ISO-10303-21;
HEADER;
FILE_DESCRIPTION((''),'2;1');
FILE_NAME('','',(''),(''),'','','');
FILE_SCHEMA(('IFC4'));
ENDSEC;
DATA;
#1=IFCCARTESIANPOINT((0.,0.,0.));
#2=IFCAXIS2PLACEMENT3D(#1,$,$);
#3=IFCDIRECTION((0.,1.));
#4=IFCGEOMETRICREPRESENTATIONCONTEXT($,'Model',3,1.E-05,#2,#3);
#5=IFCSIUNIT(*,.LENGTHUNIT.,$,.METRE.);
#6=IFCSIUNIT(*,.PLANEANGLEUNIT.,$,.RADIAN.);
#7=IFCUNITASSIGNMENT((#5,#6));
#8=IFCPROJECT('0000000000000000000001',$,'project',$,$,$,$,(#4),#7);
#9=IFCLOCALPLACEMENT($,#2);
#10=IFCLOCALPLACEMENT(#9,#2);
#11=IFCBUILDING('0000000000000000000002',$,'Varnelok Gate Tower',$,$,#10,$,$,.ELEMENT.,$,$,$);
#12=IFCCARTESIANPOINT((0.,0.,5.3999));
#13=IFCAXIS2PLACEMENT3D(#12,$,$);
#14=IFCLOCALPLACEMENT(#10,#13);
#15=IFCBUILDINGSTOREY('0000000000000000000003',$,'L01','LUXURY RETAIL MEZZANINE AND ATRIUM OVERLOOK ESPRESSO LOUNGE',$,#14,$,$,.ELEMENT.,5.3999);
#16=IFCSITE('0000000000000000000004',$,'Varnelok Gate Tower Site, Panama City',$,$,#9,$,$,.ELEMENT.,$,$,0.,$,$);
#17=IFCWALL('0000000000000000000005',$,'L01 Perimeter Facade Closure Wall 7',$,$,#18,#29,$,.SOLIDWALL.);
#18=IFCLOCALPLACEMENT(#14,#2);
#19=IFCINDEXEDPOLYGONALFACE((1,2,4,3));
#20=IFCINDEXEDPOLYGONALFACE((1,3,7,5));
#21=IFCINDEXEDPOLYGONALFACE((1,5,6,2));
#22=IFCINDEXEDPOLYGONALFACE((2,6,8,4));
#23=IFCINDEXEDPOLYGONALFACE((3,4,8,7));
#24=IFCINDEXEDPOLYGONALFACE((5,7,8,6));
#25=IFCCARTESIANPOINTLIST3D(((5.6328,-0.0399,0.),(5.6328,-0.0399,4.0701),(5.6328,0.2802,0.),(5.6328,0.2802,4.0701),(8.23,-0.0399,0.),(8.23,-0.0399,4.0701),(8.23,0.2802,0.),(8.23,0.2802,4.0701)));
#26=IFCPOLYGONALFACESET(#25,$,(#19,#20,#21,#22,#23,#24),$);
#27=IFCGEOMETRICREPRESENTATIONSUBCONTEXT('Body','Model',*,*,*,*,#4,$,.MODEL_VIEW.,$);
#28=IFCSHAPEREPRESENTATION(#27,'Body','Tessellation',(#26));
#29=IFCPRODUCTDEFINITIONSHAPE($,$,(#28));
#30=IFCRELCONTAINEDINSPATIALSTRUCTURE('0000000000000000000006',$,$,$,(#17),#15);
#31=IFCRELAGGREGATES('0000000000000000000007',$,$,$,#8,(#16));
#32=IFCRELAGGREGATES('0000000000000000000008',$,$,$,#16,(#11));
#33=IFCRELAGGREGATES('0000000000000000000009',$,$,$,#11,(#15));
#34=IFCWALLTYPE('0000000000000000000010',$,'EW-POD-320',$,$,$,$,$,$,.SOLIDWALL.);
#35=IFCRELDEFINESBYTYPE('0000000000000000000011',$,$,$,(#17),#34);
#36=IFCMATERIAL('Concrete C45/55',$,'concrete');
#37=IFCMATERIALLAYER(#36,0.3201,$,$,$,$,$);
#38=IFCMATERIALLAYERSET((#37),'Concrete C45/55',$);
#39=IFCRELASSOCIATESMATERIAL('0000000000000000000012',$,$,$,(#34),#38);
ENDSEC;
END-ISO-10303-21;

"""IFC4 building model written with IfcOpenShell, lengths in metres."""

from ifc_helpers import new_model, si_unit, direction, frame, frame_2d, origin, place, context, subcontext, project, spatial, rectangle, extrude, material, layer, layer_set, type_object, element, save


model = new_model("IFC4")

# Units and contexts
model_context = context("Model", 3, precision=1e-05, world=origin(), true_north=direction((0.0, 1.0)))
body_context = subcontext(model_context, "Body", "Model", "MODEL_VIEW")
ifc_project = project(units=[si_unit("LENGTHUNIT", "METRE"), si_unit("PLANEANGLEUNIT", "RADIAN")], contexts=[model_context])

# Site, building, storey
site_placement = place(None, origin())
site = spatial("IfcSite", under=ifc_project, at=site_placement, Name="Varnelok Gate Tower Site, Panama City", CompositionType="ELEMENT", RefElevation=0.0)
building_placement = place(site_placement, origin())
building = spatial("IfcBuilding", under=site, at=building_placement, Name="Varnelok Gate Tower", CompositionType="ELEMENT")
storey_placement = place(building_placement, frame((0.0, 0.0, 5.3999)))
storey = spatial("IfcBuildingStorey", under=building, at=storey_placement, Name="L01", Description="LUXURY RETAIL MEZZANINE AND ATRIUM OVERLOOK ESPRESSO LOUNGE", CompositionType="ELEMENT", Elevation=5.3999)

# Shared definitions
ifc_material_1 = material(Name="Concrete C45/55", Category="concrete")

# Wall
ifc_layer_1 = layer(ifc_material_1, 0.3201)
ifc_layer_set_1 = layer_set([ifc_layer_1], Name="Concrete C45/55")
wall_type = type_object("IfcWallType", Name="EW-POD-320", PredefinedType="SOLIDWALL", material=ifc_layer_set_1)
wall_1_placement = place(storey_placement, frame((5.6328, 0.1201, 0.0), z_axis=(0.0, 0.0, 1.0), x_axis=(1.0, 0.0, 0.0)))
element("IfcWall", 1, at=wall_1_placement, inside=storey, type_object=wall_type, Name="L01 Perimeter Facade Closure Wall 7", PredefinedType="SOLIDWALL", context=body_context, shape_type="SweptSolid", body=[
    extrude(rectangle(XDim=2.5972, YDim=0.3201, at=frame_2d((1.2986, 0.0))), origin(), (0.0, 0.0, 1.0), 4.0701),
])

save(model, "model.ifc")
